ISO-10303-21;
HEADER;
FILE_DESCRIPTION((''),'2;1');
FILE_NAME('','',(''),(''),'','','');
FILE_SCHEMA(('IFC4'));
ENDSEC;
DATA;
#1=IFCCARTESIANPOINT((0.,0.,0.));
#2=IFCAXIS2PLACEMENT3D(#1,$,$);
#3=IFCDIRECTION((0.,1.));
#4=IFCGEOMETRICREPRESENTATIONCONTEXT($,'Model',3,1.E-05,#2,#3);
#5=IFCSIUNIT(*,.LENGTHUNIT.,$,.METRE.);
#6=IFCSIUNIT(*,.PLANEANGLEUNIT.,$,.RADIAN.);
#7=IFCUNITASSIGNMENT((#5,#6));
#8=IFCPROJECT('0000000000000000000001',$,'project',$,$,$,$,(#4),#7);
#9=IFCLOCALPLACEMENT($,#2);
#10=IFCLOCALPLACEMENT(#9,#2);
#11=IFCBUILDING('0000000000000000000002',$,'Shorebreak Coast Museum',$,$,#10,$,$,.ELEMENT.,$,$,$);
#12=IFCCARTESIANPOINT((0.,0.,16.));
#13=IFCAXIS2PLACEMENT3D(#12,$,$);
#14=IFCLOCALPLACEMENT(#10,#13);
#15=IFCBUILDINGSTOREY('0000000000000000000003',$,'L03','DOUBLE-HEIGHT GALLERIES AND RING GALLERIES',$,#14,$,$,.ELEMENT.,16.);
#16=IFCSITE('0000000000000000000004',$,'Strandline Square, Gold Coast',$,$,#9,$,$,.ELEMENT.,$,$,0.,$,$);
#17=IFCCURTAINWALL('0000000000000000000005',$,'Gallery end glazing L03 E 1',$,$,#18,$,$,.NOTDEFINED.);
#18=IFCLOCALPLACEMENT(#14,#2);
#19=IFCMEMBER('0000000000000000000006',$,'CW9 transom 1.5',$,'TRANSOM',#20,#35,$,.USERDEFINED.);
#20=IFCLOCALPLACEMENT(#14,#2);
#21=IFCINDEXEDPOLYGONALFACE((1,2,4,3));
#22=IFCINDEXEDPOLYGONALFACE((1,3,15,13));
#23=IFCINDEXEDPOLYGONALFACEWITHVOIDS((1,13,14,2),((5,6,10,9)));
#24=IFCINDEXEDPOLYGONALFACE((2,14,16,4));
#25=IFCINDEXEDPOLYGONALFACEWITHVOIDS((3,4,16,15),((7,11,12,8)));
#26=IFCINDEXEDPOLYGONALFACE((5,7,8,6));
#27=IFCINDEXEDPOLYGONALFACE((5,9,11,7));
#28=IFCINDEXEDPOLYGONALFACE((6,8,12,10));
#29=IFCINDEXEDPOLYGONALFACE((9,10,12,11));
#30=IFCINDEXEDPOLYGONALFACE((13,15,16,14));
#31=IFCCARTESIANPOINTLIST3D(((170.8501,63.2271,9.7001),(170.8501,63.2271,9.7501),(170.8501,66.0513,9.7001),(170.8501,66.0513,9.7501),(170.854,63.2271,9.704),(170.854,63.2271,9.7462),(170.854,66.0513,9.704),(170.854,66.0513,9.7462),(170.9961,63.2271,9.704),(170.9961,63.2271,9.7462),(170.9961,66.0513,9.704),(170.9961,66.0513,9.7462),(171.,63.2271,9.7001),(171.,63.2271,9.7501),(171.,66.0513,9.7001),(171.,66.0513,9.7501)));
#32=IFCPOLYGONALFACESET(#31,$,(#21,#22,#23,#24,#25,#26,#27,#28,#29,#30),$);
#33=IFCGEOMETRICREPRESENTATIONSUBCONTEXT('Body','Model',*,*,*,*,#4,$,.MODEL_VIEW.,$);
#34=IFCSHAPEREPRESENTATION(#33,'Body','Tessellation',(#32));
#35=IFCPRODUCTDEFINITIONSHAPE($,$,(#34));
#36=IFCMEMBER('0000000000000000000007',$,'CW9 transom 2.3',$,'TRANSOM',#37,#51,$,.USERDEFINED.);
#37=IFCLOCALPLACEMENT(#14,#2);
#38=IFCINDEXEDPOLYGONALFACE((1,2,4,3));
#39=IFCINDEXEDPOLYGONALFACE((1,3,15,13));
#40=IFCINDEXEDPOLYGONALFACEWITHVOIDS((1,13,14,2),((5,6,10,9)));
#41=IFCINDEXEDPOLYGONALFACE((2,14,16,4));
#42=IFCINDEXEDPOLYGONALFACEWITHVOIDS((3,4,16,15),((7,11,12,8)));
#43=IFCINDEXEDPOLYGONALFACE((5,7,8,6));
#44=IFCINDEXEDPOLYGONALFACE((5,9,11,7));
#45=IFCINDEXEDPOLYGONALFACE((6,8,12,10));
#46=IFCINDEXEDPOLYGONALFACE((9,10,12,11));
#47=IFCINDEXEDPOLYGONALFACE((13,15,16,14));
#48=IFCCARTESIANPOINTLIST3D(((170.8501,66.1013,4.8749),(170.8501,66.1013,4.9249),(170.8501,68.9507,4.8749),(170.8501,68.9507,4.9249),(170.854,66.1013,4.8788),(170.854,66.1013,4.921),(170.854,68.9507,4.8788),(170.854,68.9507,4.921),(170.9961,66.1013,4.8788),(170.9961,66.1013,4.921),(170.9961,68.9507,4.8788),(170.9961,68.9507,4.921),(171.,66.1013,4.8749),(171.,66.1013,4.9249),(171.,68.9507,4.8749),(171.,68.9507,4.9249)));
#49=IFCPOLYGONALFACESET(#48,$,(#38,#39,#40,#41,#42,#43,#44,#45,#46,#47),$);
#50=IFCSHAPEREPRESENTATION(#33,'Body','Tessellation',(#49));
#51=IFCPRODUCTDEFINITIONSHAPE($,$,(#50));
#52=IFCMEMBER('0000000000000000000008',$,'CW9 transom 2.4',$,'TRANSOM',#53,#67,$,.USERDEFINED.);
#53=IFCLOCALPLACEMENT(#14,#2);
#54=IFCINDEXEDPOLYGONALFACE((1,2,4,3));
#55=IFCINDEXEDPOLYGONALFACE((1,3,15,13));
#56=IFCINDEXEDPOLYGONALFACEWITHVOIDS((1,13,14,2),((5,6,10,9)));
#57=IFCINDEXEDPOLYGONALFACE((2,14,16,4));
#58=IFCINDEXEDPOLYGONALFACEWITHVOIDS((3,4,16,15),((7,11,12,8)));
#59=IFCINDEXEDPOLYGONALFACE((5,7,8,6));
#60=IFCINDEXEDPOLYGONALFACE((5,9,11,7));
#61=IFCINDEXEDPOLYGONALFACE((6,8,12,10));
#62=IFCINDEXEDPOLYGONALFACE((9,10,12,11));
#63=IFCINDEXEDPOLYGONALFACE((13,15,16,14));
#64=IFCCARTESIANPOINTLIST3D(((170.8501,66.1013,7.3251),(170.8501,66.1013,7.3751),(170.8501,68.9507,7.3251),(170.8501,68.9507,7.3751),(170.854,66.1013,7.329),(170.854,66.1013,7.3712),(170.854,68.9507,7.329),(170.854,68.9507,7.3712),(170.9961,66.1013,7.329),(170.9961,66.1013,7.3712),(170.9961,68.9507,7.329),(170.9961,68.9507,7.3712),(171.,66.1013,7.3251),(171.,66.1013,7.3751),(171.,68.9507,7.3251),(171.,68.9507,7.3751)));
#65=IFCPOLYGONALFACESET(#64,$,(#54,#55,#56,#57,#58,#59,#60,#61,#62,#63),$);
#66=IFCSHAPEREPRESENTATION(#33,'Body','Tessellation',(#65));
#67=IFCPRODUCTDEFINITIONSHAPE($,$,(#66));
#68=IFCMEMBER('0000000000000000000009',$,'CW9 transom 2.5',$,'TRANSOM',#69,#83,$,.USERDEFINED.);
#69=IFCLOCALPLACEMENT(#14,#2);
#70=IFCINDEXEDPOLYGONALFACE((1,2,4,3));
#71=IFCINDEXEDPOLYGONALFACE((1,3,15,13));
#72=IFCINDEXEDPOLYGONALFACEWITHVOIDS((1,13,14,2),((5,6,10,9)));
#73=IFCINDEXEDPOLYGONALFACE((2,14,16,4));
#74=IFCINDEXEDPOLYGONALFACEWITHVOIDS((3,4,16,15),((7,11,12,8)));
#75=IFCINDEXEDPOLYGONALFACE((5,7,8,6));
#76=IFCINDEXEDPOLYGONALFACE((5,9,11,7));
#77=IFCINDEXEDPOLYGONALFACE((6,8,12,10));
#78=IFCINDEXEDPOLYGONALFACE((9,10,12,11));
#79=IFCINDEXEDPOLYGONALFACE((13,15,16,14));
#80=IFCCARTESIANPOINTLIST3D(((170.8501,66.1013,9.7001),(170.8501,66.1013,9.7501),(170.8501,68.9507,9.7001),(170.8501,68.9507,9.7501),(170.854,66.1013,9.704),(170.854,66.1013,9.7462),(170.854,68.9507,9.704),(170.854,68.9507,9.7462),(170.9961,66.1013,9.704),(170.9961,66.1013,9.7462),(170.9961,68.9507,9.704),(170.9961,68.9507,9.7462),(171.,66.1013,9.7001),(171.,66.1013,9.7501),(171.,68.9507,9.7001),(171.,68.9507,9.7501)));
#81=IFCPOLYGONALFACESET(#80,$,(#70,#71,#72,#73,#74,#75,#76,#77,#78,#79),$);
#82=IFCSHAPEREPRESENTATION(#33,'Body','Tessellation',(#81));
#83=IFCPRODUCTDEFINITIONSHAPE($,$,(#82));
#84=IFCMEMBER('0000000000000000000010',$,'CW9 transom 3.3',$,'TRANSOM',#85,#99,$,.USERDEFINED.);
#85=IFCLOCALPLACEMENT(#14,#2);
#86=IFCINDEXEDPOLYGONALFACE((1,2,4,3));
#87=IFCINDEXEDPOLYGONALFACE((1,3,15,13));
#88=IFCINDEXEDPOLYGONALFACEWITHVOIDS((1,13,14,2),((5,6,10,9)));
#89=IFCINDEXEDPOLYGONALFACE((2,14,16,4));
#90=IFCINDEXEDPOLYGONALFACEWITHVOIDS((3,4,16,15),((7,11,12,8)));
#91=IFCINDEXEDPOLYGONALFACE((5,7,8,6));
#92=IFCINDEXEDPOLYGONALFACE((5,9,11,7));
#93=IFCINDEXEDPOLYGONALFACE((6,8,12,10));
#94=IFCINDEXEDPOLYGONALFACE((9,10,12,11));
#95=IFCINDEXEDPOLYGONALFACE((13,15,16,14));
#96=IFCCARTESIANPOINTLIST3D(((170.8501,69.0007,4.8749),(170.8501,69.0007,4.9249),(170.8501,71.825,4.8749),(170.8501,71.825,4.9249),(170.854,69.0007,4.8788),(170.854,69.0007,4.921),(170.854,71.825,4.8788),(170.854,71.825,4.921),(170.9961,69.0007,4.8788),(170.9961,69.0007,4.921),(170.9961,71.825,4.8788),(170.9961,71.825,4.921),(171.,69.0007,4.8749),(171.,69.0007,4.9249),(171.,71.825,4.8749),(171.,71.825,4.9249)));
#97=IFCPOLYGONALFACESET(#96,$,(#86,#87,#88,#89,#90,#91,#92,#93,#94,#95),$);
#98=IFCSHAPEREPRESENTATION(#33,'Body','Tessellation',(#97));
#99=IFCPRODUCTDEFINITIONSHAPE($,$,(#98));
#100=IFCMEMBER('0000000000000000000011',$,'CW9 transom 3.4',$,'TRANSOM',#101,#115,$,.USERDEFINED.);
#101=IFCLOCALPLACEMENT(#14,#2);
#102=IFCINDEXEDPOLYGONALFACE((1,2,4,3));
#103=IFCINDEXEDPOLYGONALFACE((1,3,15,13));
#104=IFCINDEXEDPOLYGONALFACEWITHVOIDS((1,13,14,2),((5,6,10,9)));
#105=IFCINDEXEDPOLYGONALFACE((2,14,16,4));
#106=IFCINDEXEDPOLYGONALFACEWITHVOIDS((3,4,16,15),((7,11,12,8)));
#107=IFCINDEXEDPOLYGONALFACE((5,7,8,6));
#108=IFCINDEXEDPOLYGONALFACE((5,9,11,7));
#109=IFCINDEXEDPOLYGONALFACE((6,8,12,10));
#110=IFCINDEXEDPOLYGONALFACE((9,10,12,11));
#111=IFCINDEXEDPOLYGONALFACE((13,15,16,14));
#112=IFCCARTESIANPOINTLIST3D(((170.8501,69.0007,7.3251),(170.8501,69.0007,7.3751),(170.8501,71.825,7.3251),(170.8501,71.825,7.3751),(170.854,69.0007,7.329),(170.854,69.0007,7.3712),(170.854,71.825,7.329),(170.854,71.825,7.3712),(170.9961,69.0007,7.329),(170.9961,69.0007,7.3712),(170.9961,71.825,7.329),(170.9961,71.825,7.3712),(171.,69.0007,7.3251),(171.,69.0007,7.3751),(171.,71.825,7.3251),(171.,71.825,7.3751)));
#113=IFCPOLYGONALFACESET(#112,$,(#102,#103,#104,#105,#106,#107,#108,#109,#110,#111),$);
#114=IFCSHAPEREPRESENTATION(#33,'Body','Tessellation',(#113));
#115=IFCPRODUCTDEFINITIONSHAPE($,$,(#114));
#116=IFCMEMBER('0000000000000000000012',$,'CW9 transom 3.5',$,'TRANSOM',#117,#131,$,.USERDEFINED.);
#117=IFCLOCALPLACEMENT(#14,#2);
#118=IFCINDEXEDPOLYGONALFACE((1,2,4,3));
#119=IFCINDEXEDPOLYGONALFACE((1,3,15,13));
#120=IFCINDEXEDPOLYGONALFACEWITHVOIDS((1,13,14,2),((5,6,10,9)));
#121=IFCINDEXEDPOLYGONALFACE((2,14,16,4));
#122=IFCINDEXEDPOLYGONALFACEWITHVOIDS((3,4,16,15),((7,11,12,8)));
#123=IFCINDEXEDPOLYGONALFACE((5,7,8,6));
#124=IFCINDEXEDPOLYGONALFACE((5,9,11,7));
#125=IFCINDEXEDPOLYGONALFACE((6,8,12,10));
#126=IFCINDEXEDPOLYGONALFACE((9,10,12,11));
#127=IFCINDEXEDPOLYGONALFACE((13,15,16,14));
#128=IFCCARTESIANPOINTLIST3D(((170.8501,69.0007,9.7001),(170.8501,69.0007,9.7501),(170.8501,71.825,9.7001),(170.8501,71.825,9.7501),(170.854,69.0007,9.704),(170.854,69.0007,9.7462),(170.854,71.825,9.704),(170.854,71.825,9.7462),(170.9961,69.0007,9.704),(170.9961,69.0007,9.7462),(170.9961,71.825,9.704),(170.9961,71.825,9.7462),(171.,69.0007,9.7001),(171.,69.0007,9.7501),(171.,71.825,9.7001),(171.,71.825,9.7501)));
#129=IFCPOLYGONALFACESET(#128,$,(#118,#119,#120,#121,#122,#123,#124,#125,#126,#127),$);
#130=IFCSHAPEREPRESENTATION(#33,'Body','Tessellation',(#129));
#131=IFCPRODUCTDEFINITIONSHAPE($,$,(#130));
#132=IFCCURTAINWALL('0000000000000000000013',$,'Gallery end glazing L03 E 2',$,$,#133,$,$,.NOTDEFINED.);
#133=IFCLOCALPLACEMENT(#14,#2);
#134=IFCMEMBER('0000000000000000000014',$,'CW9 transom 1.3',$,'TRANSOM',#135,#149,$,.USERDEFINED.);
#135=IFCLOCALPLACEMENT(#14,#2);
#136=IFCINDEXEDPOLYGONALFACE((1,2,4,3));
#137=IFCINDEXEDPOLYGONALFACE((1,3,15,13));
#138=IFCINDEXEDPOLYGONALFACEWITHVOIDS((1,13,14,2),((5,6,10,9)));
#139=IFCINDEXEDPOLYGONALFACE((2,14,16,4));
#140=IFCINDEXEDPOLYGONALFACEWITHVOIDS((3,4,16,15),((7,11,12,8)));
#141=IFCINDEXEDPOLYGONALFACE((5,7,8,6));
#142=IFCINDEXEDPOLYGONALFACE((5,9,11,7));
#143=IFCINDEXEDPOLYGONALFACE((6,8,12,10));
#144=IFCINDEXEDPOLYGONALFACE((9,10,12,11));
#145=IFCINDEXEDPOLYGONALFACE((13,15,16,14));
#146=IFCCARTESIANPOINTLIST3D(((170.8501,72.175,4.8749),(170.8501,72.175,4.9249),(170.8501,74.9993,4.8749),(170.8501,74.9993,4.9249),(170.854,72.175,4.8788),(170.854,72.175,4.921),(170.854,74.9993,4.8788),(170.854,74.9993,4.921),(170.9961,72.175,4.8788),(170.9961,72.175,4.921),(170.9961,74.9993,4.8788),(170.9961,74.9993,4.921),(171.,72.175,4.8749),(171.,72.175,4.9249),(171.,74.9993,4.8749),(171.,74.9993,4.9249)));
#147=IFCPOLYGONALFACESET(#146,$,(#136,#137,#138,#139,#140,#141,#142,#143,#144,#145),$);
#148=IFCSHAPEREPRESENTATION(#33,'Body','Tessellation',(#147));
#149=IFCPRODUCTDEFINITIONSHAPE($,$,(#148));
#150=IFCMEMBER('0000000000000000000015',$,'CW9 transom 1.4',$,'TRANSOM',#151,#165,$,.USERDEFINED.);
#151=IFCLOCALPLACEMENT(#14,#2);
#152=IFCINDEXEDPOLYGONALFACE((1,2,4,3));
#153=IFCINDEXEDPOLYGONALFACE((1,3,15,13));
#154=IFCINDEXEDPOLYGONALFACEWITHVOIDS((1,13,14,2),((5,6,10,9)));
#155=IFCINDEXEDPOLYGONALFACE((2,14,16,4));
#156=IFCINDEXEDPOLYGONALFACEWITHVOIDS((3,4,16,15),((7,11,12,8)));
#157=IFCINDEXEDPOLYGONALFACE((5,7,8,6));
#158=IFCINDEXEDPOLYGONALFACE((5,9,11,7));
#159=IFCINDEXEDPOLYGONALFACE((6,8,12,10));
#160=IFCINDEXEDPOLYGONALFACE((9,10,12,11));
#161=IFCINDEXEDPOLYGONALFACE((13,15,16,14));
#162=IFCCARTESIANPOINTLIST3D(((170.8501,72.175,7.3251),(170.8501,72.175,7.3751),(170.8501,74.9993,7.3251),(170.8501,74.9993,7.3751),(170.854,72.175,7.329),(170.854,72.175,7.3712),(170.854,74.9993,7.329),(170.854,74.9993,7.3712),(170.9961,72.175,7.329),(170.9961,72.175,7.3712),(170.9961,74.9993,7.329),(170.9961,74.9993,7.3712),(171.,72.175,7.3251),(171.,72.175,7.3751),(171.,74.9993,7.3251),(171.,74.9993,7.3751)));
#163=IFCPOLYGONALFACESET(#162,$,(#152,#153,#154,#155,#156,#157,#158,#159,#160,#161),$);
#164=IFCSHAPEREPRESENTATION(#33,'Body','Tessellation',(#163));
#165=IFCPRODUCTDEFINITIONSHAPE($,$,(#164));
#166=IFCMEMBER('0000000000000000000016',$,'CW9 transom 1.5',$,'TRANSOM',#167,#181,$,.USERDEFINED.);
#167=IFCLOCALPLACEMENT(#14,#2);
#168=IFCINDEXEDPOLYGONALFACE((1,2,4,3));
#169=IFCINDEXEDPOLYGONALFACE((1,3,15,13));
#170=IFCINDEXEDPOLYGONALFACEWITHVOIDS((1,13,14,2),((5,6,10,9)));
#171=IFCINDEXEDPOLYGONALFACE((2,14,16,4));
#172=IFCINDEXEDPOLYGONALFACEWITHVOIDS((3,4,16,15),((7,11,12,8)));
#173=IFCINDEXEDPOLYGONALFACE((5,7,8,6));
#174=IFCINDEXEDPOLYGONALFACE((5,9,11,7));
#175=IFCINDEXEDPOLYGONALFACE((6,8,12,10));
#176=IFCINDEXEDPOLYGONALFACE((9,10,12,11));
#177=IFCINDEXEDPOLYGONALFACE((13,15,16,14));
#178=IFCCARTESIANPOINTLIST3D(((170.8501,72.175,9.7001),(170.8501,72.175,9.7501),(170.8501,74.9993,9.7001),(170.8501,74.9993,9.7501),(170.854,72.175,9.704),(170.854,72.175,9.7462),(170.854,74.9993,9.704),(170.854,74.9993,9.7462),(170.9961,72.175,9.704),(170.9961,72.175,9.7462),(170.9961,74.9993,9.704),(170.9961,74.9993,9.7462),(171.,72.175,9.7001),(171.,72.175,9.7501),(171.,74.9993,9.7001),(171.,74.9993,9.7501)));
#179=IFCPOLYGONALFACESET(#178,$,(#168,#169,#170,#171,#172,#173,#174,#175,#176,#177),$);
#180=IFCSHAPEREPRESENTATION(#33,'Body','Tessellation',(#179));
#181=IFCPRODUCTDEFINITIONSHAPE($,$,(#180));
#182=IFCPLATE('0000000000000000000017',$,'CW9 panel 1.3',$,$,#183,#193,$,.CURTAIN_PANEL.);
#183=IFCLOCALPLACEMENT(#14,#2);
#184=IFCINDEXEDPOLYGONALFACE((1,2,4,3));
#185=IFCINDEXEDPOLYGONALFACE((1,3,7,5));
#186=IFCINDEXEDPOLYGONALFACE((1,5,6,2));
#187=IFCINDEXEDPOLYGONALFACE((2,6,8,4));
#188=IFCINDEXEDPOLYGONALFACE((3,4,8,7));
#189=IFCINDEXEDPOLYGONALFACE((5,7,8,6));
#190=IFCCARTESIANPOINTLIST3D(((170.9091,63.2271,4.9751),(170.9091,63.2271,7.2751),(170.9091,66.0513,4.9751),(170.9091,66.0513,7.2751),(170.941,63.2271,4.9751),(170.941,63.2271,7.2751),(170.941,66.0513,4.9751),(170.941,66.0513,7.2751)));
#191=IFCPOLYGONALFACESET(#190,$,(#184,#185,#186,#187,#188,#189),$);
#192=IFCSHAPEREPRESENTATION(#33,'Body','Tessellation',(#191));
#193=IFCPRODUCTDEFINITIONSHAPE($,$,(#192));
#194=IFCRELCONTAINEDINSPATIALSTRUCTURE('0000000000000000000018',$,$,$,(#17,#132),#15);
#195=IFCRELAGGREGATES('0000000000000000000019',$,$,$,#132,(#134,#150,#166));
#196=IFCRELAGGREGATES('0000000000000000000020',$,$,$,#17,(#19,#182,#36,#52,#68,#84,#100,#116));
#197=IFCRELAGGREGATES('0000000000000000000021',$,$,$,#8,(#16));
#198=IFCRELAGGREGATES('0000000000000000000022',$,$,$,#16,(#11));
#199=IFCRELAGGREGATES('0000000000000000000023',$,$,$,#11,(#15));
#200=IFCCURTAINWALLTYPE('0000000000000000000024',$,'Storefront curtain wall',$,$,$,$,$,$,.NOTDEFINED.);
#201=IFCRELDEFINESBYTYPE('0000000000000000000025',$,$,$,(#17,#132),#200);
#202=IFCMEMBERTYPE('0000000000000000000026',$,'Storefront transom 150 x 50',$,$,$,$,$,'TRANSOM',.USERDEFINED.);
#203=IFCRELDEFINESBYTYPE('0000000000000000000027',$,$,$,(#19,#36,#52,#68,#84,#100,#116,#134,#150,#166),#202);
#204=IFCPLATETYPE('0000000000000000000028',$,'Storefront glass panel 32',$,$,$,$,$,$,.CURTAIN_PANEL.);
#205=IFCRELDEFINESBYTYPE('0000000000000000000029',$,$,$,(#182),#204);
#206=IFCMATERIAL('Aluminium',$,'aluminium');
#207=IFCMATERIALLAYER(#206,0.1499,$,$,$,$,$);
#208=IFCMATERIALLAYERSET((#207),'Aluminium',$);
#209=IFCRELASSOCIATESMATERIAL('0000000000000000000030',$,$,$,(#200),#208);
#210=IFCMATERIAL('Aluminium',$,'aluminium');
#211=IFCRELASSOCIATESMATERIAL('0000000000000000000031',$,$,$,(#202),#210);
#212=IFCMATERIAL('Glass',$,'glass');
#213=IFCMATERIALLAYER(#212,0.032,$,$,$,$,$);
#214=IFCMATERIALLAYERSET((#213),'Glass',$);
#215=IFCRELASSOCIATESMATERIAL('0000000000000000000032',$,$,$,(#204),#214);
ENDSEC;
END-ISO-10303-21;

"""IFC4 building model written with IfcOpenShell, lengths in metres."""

from ifc_helpers import new_model, si_unit, direction, frame, origin, origin_2d, place, context, subcontext, project, spatial, rectangle, hollow_rectangle, extrude, material, layer, layer_set, material_profile, profile_set, type_object, element, aggregate, save


model = new_model("IFC4")

# Units and contexts
model_context = context("Model", 3, precision=1e-05, world=origin(), true_north=direction((0.0, 1.0)))
body_context = subcontext(model_context, "Body", "Model", "MODEL_VIEW")
ifc_project = project(units=[si_unit("LENGTHUNIT", "METRE"), si_unit("PLANEANGLEUNIT", "RADIAN")], contexts=[model_context])

# Site, building, storey
site_placement = place(None, origin())
site = spatial("IfcSite", under=ifc_project, at=site_placement, Name="Strandline Square, Gold Coast", CompositionType="ELEMENT", RefElevation=0.0)
building_placement = place(site_placement, origin())
building = spatial("IfcBuilding", under=site, at=building_placement, Name="Shorebreak Coast Museum", CompositionType="ELEMENT")
storey_placement = place(building_placement, frame((0.0, 0.0, 16.0)))
storey = spatial("IfcBuildingStorey", under=building, at=storey_placement, Name="L03", Description="DOUBLE-HEIGHT GALLERIES AND RING GALLERIES", CompositionType="ELEMENT", Elevation=16.0)

# Curtain walls, members
ifc_material_1 = material(Name="Aluminium", Category="aluminium")
ifc_layer_1 = layer(ifc_material_1, 0.1499)
ifc_layer_set_1 = layer_set([ifc_layer_1], Name="Aluminium")
curtain_wall_type = type_object("IfcCurtainWallType", Name="Storefront curtain wall", PredefinedType="NOTDEFINED", material=ifc_layer_set_1)
curtain_wall_1_placement = place(storey_placement, origin())
curtain_wall_1 = element("IfcCurtainWall", 1, at=curtain_wall_1_placement, inside=storey, type_object=curtain_wall_type, Name="Gallery end glazing L03 E 1", PredefinedType="NOTDEFINED")
ifc_material_2 = material(Name="Aluminium", Category="aluminium")
ifc_material_profile_1 = material_profile(ifc_material_2, hollow_rectangle(XDim=0.1499, YDim=0.05, WallThickness=0.0039, at=origin_2d()), Name="AL 50x150 RHS")
ifc_profile_set_1 = profile_set([ifc_material_profile_1], Name="Aluminium")
member_type_1 = type_object("IfcMemberType", Name="Storefront transom 150 x 50", ElementType="TRANSOM", PredefinedType="USERDEFINED", material=ifc_profile_set_1)
member_1_placement = place(storey_placement, frame((170.925, 63.2271, 9.7251), z_axis=(0.0, 1.0, 0.0), x_axis=(-1.0, 0.0, 0.0)))
member_1 = element("IfcMember", 2, at=member_1_placement, type_object=member_type_1, Name="CW9 transom 1.5", ObjectType="TRANSOM", PredefinedType="USERDEFINED", context=body_context, shape_type="SweptSolid", body=[
    extrude(hollow_rectangle(XDim=0.1499, YDim=0.05, WallThickness=0.0039, at=origin_2d()), origin(), (0.0, 0.0, 1.0), 2.8242),
])
member_2_placement = place(storey_placement, frame((170.925, 66.1013, 4.8999), z_axis=(0.0, 1.0, 0.0), x_axis=(-1.0, 0.0, 0.0)))
member_2 = element("IfcMember", 3, at=member_2_placement, type_object=member_type_1, Name="CW9 transom 2.3", ObjectType="TRANSOM", PredefinedType="USERDEFINED", context=body_context, shape_type="SweptSolid", body=[
    extrude(hollow_rectangle(XDim=0.1499, YDim=0.05, WallThickness=0.0039, at=origin_2d()), origin(), (0.0, 0.0, 1.0), 2.8494),
])
member_3_placement = place(storey_placement, frame((170.925, 66.1013, 7.3501), z_axis=(0.0, 1.0, 0.0), x_axis=(-1.0, 0.0, 0.0)))
member_3 = element("IfcMember", 4, at=member_3_placement, type_object=member_type_1, Name="CW9 transom 2.4", ObjectType="TRANSOM", PredefinedType="USERDEFINED", context=body_context, shape_type="SweptSolid", body=[
    extrude(hollow_rectangle(XDim=0.1499, YDim=0.05, WallThickness=0.0039, at=origin_2d()), origin(), (0.0, 0.0, 1.0), 2.8494),
])
member_4_placement = place(storey_placement, frame((170.925, 66.1013, 9.7251), z_axis=(0.0, 1.0, 0.0), x_axis=(-1.0, 0.0, 0.0)))
member_4 = element("IfcMember", 5, at=member_4_placement, type_object=member_type_1, Name="CW9 transom 2.5", ObjectType="TRANSOM", PredefinedType="USERDEFINED", context=body_context, shape_type="SweptSolid", body=[
    extrude(hollow_rectangle(XDim=0.1499, YDim=0.05, WallThickness=0.0039, at=origin_2d()), origin(), (0.0, 0.0, 1.0), 2.8494),
])
member_5_placement = place(storey_placement, frame((170.925, 69.0007, 4.8999), z_axis=(0.0, 1.0, 0.0), x_axis=(-1.0, 0.0, 0.0)))
member_5 = element("IfcMember", 6, at=member_5_placement, type_object=member_type_1, Name="CW9 transom 3.3", ObjectType="TRANSOM", PredefinedType="USERDEFINED", context=body_context, shape_type="SweptSolid", body=[
    extrude(hollow_rectangle(XDim=0.1499, YDim=0.05, WallThickness=0.0039, at=origin_2d()), origin(), (0.0, 0.0, 1.0), 2.8242),
])
member_6_placement = place(storey_placement, frame((170.925, 69.0007, 7.3501), z_axis=(0.0, 1.0, 0.0), x_axis=(-1.0, 0.0, 0.0)))
member_6 = element("IfcMember", 7, at=member_6_placement, type_object=member_type_1, Name="CW9 transom 3.4", ObjectType="TRANSOM", PredefinedType="USERDEFINED", context=body_context, shape_type="SweptSolid", body=[
    extrude(hollow_rectangle(XDim=0.1499, YDim=0.05, WallThickness=0.0039, at=origin_2d()), origin(), (0.0, 0.0, 1.0), 2.8242),
])
member_7_placement = place(storey_placement, frame((170.925, 69.0007, 9.7251), z_axis=(0.0, 1.0, 0.0), x_axis=(-1.0, 0.0, 0.0)))
member_7 = element("IfcMember", 8, at=member_7_placement, type_object=member_type_1, Name="CW9 transom 3.5", ObjectType="TRANSOM", PredefinedType="USERDEFINED", context=body_context, shape_type="SweptSolid", body=[
    extrude(hollow_rectangle(XDim=0.1499, YDim=0.05, WallThickness=0.0039, at=origin_2d()), origin(), (0.0, 0.0, 1.0), 2.8242),
])
curtain_wall_2_placement = place(storey_placement, origin())
curtain_wall_2 = element("IfcCurtainWall", 9, at=curtain_wall_2_placement, inside=storey, type_object=curtain_wall_type, Name="Gallery end glazing L03 E 2", PredefinedType="NOTDEFINED")
member_8_placement = place(storey_placement, frame((170.925, 72.175, 4.8999), z_axis=(0.0, 1.0, 0.0), x_axis=(-1.0, 0.0, 0.0)))
member_8 = element("IfcMember", 10, at=member_8_placement, type_object=member_type_1, Name="CW9 transom 1.3", ObjectType="TRANSOM", PredefinedType="USERDEFINED", context=body_context, shape_type="SweptSolid", body=[
    extrude(hollow_rectangle(XDim=0.1499, YDim=0.05, WallThickness=0.0039, at=origin_2d()), origin(), (0.0, 0.0, 1.0), 2.8242),
])
member_9_placement = place(storey_placement, frame((170.925, 72.175, 7.3501), z_axis=(0.0, 1.0, 0.0), x_axis=(-1.0, 0.0, 0.0)))
member_9 = element("IfcMember", 11, at=member_9_placement, type_object=member_type_1, Name="CW9 transom 1.4", ObjectType="TRANSOM", PredefinedType="USERDEFINED", context=body_context, shape_type="SweptSolid", body=[
    extrude(hollow_rectangle(XDim=0.1499, YDim=0.05, WallThickness=0.0039, at=origin_2d()), origin(), (0.0, 0.0, 1.0), 2.8242),
])
member_10_placement = place(storey_placement, frame((170.925, 72.175, 9.7251), z_axis=(0.0, 1.0, 0.0), x_axis=(-1.0, 0.0, 0.0)))
member_10 = element("IfcMember", 12, at=member_10_placement, type_object=member_type_1, Name="CW9 transom 1.5", ObjectType="TRANSOM", PredefinedType="USERDEFINED", context=body_context, shape_type="SweptSolid", body=[
    extrude(hollow_rectangle(XDim=0.1499, YDim=0.05, WallThickness=0.0039, at=origin_2d()), origin(), (0.0, 0.0, 1.0), 2.8242),
])
aggregate(curtain_wall_2, [member_8, member_9, member_10])

# Plate
ifc_material_3 = material(Name="Glass", Category="glass")
ifc_layer_2 = layer(ifc_material_3, 0.032)
ifc_layer_set_2 = layer_set([ifc_layer_2], Name="Glass")
plate_type = type_object("IfcPlateType", Name="Storefront glass panel 32", PredefinedType="CURTAIN_PANEL", material=ifc_layer_set_2)
plate_1_placement = place(storey_placement, frame((170.925, 64.6392, 4.9751), z_axis=(0.0, 0.0, 1.0), x_axis=(0.0, 1.0, 0.0)))
plate_1 = element("IfcPlate", 13, at=plate_1_placement, type_object=plate_type, Name="CW9 panel 1.3", PredefinedType="CURTAIN_PANEL", context=body_context, shape_type="SweptSolid", body=[
    extrude(rectangle(XDim=2.8242, YDim=0.032, at=origin_2d()), origin(), (0.0, 0.0, 1.0), 2.3),
])
aggregate(curtain_wall_1, [member_1, plate_1, member_2, member_3, member_4, member_5, member_6, member_7])

save(model, "model.ifc")
